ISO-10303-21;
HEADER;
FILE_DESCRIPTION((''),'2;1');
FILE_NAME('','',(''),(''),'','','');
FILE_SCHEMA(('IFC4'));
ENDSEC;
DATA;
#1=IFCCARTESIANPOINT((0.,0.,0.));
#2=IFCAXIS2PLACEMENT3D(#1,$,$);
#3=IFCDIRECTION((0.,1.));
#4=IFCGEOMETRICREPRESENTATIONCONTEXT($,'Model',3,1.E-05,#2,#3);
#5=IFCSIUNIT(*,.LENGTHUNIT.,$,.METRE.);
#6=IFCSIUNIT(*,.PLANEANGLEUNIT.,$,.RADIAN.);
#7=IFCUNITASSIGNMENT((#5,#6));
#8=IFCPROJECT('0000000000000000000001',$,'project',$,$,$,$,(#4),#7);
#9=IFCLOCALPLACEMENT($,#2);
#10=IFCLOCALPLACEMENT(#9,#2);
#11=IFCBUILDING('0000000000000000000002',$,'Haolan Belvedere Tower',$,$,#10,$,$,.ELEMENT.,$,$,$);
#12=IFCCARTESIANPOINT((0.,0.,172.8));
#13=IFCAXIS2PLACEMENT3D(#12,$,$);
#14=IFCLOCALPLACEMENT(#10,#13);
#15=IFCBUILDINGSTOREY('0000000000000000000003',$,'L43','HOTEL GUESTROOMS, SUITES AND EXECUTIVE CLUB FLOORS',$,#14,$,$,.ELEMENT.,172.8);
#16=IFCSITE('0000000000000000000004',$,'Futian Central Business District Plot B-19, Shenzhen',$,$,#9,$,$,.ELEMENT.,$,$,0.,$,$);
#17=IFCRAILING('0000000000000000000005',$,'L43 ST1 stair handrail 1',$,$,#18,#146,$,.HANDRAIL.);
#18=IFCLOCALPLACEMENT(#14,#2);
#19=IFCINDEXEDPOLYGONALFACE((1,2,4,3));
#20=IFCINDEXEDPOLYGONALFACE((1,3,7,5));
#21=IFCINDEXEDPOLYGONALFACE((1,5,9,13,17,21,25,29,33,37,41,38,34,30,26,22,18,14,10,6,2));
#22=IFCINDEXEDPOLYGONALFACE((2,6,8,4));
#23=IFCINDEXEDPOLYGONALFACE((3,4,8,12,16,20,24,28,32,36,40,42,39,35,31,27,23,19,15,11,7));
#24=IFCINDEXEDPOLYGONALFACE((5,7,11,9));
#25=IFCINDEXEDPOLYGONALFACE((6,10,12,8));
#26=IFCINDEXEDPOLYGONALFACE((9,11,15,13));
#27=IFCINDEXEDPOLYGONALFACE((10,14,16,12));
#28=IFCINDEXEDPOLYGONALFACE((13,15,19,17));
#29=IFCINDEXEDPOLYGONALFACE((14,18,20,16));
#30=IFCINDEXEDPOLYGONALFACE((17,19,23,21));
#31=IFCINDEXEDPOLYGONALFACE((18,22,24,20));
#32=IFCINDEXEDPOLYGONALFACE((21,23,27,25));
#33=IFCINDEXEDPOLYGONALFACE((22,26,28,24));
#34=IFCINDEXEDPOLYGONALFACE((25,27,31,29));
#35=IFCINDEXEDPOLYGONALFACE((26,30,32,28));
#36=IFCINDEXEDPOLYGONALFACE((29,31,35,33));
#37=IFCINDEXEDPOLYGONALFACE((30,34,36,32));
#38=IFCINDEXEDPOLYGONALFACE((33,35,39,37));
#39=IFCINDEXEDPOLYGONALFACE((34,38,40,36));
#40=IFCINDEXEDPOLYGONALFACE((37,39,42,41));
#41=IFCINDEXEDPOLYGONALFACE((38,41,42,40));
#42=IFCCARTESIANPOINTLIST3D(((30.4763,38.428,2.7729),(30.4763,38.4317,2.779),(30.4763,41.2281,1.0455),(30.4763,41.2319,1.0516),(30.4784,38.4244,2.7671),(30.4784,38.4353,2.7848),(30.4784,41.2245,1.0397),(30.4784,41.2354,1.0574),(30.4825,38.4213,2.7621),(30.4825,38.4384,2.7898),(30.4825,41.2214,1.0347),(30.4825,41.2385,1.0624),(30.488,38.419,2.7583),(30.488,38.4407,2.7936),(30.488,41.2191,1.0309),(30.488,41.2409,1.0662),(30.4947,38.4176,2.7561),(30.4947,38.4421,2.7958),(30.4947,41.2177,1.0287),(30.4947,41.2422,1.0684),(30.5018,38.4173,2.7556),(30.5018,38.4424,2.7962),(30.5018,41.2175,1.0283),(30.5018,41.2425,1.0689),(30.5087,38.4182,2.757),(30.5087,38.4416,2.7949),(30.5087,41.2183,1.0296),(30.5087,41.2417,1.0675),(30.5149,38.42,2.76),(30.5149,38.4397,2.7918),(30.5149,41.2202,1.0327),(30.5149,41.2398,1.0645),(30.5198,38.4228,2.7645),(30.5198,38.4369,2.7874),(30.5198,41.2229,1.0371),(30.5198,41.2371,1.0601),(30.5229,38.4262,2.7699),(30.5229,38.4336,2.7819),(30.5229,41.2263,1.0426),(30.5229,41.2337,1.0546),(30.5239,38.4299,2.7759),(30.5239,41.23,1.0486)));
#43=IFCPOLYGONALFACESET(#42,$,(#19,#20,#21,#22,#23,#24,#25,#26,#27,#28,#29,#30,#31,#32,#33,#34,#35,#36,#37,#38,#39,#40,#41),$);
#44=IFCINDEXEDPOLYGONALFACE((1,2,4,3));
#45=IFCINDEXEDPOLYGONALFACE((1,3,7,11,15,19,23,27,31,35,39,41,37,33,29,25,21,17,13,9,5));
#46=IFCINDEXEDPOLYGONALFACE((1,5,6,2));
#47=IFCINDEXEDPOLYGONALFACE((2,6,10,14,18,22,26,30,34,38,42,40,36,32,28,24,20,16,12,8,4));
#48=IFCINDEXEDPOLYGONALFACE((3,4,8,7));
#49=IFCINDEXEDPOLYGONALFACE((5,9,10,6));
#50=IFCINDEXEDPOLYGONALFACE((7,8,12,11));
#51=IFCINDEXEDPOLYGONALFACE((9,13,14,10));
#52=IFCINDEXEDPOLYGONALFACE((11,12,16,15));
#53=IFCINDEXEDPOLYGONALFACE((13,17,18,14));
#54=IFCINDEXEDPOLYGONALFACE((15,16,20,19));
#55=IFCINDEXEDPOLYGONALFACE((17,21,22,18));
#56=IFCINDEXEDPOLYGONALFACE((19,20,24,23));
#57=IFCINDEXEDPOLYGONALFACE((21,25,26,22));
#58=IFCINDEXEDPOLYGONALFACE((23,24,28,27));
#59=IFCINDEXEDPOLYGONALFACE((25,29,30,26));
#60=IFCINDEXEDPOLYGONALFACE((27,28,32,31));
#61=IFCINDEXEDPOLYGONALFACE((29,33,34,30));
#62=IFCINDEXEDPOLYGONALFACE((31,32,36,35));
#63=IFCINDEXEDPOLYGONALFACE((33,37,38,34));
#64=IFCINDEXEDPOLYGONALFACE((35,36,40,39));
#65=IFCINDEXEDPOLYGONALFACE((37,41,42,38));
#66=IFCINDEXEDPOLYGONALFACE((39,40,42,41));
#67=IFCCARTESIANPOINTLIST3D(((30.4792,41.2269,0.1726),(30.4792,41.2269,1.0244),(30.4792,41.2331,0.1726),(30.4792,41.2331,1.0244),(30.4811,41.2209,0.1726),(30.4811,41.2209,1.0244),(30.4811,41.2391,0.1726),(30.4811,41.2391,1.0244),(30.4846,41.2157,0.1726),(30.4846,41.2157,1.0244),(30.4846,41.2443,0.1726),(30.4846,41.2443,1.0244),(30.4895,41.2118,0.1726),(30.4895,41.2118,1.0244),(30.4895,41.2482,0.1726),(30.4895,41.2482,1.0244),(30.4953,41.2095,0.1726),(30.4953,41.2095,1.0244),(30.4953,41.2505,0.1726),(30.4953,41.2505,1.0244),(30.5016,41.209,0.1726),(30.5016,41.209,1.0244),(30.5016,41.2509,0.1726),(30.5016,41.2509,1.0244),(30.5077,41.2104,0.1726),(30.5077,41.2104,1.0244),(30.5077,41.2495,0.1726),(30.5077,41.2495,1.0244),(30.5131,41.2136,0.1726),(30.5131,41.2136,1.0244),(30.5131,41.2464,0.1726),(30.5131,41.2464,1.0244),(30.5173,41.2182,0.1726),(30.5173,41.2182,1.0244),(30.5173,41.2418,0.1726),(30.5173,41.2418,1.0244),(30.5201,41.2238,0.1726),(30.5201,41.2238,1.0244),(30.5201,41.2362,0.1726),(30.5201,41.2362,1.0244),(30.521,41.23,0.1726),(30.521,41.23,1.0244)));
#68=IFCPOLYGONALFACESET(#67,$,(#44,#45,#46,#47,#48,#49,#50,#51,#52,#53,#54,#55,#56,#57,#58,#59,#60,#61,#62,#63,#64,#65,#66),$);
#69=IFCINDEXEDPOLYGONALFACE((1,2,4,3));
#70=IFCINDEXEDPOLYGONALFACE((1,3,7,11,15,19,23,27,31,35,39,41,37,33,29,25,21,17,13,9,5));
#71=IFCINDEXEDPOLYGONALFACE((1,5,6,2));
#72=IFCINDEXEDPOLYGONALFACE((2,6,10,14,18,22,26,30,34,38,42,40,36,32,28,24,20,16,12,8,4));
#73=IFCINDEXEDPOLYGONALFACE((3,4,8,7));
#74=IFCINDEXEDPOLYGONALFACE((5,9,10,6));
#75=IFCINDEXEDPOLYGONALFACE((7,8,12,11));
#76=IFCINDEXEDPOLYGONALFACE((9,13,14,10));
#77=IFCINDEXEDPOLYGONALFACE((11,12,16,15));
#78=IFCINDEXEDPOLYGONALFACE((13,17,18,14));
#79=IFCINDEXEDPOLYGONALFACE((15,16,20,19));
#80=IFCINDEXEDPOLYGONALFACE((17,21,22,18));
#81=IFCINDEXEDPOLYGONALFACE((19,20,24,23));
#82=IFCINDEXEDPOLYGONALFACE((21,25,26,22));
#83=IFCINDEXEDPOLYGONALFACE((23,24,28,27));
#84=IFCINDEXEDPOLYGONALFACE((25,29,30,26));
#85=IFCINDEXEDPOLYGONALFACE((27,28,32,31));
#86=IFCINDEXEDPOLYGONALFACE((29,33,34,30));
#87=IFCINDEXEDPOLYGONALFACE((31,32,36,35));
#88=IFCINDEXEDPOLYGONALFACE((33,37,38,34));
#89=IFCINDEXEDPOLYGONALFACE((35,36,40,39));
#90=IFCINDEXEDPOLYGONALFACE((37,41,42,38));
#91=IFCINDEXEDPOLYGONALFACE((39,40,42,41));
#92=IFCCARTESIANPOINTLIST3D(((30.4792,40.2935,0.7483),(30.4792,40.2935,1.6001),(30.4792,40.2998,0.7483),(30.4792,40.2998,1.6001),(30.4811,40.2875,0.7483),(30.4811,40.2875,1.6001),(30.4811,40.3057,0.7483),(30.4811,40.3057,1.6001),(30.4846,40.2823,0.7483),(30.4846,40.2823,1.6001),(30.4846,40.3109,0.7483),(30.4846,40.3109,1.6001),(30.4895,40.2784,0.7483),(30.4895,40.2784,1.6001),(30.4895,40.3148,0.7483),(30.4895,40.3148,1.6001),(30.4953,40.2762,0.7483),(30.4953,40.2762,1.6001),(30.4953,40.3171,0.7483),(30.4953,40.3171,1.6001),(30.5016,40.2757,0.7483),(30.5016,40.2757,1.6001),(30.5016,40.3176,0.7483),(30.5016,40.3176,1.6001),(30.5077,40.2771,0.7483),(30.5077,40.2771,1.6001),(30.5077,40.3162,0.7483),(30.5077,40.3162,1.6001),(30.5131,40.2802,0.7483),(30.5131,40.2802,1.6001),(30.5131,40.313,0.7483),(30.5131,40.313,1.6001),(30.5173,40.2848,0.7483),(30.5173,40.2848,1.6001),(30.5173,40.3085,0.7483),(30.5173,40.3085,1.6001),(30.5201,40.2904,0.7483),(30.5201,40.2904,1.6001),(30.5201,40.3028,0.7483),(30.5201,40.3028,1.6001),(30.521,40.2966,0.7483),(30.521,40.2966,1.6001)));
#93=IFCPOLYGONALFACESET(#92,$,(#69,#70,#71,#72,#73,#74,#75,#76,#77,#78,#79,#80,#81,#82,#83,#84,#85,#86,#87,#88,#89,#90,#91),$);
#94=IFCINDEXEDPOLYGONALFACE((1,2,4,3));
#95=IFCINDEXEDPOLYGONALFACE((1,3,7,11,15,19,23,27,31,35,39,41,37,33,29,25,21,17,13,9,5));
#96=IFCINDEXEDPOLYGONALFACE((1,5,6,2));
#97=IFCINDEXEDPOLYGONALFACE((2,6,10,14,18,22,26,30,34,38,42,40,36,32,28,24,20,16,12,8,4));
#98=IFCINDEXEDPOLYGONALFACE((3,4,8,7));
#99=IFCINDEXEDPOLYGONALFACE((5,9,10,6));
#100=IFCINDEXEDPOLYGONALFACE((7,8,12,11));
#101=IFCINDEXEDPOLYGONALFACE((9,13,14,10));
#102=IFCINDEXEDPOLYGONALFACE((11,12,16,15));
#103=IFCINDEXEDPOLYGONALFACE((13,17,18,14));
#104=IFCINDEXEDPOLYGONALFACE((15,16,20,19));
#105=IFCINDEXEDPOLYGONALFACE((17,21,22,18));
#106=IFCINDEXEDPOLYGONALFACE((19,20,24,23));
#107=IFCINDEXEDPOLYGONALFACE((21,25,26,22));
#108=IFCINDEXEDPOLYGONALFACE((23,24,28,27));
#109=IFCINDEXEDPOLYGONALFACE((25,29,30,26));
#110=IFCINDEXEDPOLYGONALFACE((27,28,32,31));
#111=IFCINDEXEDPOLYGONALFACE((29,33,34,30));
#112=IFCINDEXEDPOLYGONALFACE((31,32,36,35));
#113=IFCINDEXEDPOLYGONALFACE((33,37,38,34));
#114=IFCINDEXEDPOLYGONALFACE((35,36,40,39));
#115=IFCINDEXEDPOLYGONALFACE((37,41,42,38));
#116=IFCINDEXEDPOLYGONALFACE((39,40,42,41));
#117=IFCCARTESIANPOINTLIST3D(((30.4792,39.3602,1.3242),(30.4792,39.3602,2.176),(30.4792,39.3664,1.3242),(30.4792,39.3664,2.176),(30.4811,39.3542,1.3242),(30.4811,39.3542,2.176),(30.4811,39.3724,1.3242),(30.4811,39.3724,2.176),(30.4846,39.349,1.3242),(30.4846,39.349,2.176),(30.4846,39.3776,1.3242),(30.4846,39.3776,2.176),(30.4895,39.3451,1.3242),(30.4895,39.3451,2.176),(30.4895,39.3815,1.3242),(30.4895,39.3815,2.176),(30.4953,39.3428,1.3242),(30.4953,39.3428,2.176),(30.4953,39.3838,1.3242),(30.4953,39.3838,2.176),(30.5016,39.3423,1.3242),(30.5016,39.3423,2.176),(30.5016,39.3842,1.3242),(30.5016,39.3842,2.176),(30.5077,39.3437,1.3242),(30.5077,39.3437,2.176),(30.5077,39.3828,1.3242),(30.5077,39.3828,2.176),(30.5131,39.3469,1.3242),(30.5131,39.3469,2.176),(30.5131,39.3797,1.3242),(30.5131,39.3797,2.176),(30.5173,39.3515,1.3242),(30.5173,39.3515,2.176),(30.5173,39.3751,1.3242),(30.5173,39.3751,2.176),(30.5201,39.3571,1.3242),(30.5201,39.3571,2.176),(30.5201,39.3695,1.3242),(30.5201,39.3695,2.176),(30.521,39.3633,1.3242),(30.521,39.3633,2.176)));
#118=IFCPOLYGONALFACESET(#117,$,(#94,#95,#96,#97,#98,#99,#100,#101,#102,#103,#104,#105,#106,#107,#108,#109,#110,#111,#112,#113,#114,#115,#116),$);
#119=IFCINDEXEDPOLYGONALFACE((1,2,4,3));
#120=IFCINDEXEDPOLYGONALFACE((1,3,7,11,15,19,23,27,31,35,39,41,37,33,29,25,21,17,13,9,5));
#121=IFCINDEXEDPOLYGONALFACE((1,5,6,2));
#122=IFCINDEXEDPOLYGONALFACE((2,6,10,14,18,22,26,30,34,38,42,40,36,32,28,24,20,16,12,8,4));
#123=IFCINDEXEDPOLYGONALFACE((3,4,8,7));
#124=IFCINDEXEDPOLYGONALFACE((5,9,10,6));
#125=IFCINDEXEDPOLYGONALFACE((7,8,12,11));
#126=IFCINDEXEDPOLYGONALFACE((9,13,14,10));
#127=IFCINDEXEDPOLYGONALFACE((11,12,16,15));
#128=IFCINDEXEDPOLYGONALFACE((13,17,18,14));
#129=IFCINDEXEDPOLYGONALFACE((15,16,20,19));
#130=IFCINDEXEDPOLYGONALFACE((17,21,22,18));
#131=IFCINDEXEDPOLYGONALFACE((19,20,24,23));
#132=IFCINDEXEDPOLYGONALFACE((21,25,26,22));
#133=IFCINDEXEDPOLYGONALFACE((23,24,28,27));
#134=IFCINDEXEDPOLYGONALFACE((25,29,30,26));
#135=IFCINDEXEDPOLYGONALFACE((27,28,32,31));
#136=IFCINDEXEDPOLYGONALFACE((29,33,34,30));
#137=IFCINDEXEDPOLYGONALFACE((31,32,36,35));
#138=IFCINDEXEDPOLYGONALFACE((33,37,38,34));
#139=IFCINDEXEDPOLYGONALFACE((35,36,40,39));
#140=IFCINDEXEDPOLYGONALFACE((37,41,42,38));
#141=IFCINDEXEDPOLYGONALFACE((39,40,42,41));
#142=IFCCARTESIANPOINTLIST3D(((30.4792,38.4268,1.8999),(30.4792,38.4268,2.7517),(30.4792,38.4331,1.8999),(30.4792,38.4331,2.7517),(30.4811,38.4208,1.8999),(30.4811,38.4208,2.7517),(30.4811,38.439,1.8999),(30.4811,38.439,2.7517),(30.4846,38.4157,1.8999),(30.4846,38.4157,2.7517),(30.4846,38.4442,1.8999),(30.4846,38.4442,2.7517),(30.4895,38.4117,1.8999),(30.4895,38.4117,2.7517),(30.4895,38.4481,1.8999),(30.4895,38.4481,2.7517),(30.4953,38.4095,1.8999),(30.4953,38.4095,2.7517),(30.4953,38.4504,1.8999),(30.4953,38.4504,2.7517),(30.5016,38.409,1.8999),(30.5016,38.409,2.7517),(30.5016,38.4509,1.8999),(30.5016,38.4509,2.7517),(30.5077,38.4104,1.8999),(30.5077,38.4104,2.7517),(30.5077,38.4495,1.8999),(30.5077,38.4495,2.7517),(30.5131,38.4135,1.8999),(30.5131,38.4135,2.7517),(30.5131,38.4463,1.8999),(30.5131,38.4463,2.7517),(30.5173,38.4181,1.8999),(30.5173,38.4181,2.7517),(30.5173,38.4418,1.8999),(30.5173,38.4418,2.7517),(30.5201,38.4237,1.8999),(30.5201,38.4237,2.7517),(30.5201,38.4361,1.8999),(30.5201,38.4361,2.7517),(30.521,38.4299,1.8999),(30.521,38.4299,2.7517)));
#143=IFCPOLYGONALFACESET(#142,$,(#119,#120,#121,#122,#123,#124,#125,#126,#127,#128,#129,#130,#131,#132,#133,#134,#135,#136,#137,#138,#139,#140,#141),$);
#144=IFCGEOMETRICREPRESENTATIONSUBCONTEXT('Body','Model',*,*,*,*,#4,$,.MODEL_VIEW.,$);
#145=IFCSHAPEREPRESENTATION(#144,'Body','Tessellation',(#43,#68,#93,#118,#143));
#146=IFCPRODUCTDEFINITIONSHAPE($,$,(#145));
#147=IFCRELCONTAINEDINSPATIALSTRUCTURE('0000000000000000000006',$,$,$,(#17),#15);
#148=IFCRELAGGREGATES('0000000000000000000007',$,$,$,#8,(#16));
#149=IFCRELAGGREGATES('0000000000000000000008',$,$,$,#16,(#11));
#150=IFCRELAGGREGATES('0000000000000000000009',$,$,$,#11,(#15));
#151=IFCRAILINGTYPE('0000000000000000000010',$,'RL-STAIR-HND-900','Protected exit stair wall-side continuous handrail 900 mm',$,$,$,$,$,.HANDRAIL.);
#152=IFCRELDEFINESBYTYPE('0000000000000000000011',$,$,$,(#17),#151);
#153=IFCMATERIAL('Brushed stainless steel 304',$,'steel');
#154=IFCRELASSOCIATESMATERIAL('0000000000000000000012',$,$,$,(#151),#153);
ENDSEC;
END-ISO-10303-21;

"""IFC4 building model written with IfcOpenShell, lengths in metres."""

from ifc_helpers import new_model, si_unit, direction, frame, origin, origin_2d, place, context, subcontext, project, spatial, circle, extrude, material, type_object, element, save


model = new_model("IFC4")

# Units and contexts
model_context = context("Model", 3, precision=1e-05, world=origin(), true_north=direction((0.0, 1.0)))
body_context = subcontext(model_context, "Body", "Model", "MODEL_VIEW")
ifc_project = project(units=[si_unit("LENGTHUNIT", "METRE"), si_unit("PLANEANGLEUNIT", "RADIAN")], contexts=[model_context])

# Site, building, storey
site_placement = place(None, origin())
site = spatial("IfcSite", under=ifc_project, at=site_placement, Name="Futian Central Business District Plot B-19, Shenzhen", CompositionType="ELEMENT", RefElevation=0.0)
building_placement = place(site_placement, origin())
building = spatial("IfcBuilding", under=site, at=building_placement, Name="Haolan Belvedere Tower", CompositionType="ELEMENT")
storey_placement = place(building_placement, frame((0.0, 0.0, 172.8)))
storey = spatial("IfcBuildingStorey", under=building, at=storey_placement, Name="L43", Description="HOTEL GUESTROOMS, SUITES AND EXECUTIVE CLUB FLOORS", CompositionType="ELEMENT", Elevation=172.8)

# Railing
ifc_material_1 = material(Name="Brushed stainless steel 304", Category="steel")
railing_type_1 = type_object("IfcRailingType", Name="RL-STAIR-HND-900", Description="Protected exit stair wall-side continuous handrail 900 mm", PredefinedType="HANDRAIL", material=ifc_material_1)
railing_1_placement = place(storey_placement, frame((30.5, 41.23, 0.1726)))
element("IfcRailing", 1, at=railing_1_placement, inside=storey, type_object=railing_type_1, Name="L43 ST1 stair handrail 1", PredefinedType="HANDRAIL", context=body_context, shape_type="SweptSolid", body=[
    extrude(circle(Radius=0.0239, at=origin_2d()), frame((0.0, 0.0, 0.876), z_axis=(0.0, -0.85109, 0.52502), x_axis=(1.0, 0.0, 0.0)), (0.0, 0.0, 1.0), 3.29),
    extrude(circle(Radius=0.021, at=origin_2d()), origin(), (0.0, 0.0, 1.0), 0.8518),
    extrude(circle(Radius=0.021, at=origin_2d()), frame((0.0, -0.9333, 0.5757)), (0.0, 0.0, 1.0), 0.8518),
    extrude(circle(Radius=0.021, at=origin_2d()), frame((0.0, -1.8667, 1.1516)), (0.0, 0.0, 1.0), 0.8518),
    extrude(circle(Radius=0.021, at=origin_2d()), frame((0.0, -2.8, 1.7273)), (0.0, 0.0, 1.0), 0.8518),
])

save(model, "model.ifc")
